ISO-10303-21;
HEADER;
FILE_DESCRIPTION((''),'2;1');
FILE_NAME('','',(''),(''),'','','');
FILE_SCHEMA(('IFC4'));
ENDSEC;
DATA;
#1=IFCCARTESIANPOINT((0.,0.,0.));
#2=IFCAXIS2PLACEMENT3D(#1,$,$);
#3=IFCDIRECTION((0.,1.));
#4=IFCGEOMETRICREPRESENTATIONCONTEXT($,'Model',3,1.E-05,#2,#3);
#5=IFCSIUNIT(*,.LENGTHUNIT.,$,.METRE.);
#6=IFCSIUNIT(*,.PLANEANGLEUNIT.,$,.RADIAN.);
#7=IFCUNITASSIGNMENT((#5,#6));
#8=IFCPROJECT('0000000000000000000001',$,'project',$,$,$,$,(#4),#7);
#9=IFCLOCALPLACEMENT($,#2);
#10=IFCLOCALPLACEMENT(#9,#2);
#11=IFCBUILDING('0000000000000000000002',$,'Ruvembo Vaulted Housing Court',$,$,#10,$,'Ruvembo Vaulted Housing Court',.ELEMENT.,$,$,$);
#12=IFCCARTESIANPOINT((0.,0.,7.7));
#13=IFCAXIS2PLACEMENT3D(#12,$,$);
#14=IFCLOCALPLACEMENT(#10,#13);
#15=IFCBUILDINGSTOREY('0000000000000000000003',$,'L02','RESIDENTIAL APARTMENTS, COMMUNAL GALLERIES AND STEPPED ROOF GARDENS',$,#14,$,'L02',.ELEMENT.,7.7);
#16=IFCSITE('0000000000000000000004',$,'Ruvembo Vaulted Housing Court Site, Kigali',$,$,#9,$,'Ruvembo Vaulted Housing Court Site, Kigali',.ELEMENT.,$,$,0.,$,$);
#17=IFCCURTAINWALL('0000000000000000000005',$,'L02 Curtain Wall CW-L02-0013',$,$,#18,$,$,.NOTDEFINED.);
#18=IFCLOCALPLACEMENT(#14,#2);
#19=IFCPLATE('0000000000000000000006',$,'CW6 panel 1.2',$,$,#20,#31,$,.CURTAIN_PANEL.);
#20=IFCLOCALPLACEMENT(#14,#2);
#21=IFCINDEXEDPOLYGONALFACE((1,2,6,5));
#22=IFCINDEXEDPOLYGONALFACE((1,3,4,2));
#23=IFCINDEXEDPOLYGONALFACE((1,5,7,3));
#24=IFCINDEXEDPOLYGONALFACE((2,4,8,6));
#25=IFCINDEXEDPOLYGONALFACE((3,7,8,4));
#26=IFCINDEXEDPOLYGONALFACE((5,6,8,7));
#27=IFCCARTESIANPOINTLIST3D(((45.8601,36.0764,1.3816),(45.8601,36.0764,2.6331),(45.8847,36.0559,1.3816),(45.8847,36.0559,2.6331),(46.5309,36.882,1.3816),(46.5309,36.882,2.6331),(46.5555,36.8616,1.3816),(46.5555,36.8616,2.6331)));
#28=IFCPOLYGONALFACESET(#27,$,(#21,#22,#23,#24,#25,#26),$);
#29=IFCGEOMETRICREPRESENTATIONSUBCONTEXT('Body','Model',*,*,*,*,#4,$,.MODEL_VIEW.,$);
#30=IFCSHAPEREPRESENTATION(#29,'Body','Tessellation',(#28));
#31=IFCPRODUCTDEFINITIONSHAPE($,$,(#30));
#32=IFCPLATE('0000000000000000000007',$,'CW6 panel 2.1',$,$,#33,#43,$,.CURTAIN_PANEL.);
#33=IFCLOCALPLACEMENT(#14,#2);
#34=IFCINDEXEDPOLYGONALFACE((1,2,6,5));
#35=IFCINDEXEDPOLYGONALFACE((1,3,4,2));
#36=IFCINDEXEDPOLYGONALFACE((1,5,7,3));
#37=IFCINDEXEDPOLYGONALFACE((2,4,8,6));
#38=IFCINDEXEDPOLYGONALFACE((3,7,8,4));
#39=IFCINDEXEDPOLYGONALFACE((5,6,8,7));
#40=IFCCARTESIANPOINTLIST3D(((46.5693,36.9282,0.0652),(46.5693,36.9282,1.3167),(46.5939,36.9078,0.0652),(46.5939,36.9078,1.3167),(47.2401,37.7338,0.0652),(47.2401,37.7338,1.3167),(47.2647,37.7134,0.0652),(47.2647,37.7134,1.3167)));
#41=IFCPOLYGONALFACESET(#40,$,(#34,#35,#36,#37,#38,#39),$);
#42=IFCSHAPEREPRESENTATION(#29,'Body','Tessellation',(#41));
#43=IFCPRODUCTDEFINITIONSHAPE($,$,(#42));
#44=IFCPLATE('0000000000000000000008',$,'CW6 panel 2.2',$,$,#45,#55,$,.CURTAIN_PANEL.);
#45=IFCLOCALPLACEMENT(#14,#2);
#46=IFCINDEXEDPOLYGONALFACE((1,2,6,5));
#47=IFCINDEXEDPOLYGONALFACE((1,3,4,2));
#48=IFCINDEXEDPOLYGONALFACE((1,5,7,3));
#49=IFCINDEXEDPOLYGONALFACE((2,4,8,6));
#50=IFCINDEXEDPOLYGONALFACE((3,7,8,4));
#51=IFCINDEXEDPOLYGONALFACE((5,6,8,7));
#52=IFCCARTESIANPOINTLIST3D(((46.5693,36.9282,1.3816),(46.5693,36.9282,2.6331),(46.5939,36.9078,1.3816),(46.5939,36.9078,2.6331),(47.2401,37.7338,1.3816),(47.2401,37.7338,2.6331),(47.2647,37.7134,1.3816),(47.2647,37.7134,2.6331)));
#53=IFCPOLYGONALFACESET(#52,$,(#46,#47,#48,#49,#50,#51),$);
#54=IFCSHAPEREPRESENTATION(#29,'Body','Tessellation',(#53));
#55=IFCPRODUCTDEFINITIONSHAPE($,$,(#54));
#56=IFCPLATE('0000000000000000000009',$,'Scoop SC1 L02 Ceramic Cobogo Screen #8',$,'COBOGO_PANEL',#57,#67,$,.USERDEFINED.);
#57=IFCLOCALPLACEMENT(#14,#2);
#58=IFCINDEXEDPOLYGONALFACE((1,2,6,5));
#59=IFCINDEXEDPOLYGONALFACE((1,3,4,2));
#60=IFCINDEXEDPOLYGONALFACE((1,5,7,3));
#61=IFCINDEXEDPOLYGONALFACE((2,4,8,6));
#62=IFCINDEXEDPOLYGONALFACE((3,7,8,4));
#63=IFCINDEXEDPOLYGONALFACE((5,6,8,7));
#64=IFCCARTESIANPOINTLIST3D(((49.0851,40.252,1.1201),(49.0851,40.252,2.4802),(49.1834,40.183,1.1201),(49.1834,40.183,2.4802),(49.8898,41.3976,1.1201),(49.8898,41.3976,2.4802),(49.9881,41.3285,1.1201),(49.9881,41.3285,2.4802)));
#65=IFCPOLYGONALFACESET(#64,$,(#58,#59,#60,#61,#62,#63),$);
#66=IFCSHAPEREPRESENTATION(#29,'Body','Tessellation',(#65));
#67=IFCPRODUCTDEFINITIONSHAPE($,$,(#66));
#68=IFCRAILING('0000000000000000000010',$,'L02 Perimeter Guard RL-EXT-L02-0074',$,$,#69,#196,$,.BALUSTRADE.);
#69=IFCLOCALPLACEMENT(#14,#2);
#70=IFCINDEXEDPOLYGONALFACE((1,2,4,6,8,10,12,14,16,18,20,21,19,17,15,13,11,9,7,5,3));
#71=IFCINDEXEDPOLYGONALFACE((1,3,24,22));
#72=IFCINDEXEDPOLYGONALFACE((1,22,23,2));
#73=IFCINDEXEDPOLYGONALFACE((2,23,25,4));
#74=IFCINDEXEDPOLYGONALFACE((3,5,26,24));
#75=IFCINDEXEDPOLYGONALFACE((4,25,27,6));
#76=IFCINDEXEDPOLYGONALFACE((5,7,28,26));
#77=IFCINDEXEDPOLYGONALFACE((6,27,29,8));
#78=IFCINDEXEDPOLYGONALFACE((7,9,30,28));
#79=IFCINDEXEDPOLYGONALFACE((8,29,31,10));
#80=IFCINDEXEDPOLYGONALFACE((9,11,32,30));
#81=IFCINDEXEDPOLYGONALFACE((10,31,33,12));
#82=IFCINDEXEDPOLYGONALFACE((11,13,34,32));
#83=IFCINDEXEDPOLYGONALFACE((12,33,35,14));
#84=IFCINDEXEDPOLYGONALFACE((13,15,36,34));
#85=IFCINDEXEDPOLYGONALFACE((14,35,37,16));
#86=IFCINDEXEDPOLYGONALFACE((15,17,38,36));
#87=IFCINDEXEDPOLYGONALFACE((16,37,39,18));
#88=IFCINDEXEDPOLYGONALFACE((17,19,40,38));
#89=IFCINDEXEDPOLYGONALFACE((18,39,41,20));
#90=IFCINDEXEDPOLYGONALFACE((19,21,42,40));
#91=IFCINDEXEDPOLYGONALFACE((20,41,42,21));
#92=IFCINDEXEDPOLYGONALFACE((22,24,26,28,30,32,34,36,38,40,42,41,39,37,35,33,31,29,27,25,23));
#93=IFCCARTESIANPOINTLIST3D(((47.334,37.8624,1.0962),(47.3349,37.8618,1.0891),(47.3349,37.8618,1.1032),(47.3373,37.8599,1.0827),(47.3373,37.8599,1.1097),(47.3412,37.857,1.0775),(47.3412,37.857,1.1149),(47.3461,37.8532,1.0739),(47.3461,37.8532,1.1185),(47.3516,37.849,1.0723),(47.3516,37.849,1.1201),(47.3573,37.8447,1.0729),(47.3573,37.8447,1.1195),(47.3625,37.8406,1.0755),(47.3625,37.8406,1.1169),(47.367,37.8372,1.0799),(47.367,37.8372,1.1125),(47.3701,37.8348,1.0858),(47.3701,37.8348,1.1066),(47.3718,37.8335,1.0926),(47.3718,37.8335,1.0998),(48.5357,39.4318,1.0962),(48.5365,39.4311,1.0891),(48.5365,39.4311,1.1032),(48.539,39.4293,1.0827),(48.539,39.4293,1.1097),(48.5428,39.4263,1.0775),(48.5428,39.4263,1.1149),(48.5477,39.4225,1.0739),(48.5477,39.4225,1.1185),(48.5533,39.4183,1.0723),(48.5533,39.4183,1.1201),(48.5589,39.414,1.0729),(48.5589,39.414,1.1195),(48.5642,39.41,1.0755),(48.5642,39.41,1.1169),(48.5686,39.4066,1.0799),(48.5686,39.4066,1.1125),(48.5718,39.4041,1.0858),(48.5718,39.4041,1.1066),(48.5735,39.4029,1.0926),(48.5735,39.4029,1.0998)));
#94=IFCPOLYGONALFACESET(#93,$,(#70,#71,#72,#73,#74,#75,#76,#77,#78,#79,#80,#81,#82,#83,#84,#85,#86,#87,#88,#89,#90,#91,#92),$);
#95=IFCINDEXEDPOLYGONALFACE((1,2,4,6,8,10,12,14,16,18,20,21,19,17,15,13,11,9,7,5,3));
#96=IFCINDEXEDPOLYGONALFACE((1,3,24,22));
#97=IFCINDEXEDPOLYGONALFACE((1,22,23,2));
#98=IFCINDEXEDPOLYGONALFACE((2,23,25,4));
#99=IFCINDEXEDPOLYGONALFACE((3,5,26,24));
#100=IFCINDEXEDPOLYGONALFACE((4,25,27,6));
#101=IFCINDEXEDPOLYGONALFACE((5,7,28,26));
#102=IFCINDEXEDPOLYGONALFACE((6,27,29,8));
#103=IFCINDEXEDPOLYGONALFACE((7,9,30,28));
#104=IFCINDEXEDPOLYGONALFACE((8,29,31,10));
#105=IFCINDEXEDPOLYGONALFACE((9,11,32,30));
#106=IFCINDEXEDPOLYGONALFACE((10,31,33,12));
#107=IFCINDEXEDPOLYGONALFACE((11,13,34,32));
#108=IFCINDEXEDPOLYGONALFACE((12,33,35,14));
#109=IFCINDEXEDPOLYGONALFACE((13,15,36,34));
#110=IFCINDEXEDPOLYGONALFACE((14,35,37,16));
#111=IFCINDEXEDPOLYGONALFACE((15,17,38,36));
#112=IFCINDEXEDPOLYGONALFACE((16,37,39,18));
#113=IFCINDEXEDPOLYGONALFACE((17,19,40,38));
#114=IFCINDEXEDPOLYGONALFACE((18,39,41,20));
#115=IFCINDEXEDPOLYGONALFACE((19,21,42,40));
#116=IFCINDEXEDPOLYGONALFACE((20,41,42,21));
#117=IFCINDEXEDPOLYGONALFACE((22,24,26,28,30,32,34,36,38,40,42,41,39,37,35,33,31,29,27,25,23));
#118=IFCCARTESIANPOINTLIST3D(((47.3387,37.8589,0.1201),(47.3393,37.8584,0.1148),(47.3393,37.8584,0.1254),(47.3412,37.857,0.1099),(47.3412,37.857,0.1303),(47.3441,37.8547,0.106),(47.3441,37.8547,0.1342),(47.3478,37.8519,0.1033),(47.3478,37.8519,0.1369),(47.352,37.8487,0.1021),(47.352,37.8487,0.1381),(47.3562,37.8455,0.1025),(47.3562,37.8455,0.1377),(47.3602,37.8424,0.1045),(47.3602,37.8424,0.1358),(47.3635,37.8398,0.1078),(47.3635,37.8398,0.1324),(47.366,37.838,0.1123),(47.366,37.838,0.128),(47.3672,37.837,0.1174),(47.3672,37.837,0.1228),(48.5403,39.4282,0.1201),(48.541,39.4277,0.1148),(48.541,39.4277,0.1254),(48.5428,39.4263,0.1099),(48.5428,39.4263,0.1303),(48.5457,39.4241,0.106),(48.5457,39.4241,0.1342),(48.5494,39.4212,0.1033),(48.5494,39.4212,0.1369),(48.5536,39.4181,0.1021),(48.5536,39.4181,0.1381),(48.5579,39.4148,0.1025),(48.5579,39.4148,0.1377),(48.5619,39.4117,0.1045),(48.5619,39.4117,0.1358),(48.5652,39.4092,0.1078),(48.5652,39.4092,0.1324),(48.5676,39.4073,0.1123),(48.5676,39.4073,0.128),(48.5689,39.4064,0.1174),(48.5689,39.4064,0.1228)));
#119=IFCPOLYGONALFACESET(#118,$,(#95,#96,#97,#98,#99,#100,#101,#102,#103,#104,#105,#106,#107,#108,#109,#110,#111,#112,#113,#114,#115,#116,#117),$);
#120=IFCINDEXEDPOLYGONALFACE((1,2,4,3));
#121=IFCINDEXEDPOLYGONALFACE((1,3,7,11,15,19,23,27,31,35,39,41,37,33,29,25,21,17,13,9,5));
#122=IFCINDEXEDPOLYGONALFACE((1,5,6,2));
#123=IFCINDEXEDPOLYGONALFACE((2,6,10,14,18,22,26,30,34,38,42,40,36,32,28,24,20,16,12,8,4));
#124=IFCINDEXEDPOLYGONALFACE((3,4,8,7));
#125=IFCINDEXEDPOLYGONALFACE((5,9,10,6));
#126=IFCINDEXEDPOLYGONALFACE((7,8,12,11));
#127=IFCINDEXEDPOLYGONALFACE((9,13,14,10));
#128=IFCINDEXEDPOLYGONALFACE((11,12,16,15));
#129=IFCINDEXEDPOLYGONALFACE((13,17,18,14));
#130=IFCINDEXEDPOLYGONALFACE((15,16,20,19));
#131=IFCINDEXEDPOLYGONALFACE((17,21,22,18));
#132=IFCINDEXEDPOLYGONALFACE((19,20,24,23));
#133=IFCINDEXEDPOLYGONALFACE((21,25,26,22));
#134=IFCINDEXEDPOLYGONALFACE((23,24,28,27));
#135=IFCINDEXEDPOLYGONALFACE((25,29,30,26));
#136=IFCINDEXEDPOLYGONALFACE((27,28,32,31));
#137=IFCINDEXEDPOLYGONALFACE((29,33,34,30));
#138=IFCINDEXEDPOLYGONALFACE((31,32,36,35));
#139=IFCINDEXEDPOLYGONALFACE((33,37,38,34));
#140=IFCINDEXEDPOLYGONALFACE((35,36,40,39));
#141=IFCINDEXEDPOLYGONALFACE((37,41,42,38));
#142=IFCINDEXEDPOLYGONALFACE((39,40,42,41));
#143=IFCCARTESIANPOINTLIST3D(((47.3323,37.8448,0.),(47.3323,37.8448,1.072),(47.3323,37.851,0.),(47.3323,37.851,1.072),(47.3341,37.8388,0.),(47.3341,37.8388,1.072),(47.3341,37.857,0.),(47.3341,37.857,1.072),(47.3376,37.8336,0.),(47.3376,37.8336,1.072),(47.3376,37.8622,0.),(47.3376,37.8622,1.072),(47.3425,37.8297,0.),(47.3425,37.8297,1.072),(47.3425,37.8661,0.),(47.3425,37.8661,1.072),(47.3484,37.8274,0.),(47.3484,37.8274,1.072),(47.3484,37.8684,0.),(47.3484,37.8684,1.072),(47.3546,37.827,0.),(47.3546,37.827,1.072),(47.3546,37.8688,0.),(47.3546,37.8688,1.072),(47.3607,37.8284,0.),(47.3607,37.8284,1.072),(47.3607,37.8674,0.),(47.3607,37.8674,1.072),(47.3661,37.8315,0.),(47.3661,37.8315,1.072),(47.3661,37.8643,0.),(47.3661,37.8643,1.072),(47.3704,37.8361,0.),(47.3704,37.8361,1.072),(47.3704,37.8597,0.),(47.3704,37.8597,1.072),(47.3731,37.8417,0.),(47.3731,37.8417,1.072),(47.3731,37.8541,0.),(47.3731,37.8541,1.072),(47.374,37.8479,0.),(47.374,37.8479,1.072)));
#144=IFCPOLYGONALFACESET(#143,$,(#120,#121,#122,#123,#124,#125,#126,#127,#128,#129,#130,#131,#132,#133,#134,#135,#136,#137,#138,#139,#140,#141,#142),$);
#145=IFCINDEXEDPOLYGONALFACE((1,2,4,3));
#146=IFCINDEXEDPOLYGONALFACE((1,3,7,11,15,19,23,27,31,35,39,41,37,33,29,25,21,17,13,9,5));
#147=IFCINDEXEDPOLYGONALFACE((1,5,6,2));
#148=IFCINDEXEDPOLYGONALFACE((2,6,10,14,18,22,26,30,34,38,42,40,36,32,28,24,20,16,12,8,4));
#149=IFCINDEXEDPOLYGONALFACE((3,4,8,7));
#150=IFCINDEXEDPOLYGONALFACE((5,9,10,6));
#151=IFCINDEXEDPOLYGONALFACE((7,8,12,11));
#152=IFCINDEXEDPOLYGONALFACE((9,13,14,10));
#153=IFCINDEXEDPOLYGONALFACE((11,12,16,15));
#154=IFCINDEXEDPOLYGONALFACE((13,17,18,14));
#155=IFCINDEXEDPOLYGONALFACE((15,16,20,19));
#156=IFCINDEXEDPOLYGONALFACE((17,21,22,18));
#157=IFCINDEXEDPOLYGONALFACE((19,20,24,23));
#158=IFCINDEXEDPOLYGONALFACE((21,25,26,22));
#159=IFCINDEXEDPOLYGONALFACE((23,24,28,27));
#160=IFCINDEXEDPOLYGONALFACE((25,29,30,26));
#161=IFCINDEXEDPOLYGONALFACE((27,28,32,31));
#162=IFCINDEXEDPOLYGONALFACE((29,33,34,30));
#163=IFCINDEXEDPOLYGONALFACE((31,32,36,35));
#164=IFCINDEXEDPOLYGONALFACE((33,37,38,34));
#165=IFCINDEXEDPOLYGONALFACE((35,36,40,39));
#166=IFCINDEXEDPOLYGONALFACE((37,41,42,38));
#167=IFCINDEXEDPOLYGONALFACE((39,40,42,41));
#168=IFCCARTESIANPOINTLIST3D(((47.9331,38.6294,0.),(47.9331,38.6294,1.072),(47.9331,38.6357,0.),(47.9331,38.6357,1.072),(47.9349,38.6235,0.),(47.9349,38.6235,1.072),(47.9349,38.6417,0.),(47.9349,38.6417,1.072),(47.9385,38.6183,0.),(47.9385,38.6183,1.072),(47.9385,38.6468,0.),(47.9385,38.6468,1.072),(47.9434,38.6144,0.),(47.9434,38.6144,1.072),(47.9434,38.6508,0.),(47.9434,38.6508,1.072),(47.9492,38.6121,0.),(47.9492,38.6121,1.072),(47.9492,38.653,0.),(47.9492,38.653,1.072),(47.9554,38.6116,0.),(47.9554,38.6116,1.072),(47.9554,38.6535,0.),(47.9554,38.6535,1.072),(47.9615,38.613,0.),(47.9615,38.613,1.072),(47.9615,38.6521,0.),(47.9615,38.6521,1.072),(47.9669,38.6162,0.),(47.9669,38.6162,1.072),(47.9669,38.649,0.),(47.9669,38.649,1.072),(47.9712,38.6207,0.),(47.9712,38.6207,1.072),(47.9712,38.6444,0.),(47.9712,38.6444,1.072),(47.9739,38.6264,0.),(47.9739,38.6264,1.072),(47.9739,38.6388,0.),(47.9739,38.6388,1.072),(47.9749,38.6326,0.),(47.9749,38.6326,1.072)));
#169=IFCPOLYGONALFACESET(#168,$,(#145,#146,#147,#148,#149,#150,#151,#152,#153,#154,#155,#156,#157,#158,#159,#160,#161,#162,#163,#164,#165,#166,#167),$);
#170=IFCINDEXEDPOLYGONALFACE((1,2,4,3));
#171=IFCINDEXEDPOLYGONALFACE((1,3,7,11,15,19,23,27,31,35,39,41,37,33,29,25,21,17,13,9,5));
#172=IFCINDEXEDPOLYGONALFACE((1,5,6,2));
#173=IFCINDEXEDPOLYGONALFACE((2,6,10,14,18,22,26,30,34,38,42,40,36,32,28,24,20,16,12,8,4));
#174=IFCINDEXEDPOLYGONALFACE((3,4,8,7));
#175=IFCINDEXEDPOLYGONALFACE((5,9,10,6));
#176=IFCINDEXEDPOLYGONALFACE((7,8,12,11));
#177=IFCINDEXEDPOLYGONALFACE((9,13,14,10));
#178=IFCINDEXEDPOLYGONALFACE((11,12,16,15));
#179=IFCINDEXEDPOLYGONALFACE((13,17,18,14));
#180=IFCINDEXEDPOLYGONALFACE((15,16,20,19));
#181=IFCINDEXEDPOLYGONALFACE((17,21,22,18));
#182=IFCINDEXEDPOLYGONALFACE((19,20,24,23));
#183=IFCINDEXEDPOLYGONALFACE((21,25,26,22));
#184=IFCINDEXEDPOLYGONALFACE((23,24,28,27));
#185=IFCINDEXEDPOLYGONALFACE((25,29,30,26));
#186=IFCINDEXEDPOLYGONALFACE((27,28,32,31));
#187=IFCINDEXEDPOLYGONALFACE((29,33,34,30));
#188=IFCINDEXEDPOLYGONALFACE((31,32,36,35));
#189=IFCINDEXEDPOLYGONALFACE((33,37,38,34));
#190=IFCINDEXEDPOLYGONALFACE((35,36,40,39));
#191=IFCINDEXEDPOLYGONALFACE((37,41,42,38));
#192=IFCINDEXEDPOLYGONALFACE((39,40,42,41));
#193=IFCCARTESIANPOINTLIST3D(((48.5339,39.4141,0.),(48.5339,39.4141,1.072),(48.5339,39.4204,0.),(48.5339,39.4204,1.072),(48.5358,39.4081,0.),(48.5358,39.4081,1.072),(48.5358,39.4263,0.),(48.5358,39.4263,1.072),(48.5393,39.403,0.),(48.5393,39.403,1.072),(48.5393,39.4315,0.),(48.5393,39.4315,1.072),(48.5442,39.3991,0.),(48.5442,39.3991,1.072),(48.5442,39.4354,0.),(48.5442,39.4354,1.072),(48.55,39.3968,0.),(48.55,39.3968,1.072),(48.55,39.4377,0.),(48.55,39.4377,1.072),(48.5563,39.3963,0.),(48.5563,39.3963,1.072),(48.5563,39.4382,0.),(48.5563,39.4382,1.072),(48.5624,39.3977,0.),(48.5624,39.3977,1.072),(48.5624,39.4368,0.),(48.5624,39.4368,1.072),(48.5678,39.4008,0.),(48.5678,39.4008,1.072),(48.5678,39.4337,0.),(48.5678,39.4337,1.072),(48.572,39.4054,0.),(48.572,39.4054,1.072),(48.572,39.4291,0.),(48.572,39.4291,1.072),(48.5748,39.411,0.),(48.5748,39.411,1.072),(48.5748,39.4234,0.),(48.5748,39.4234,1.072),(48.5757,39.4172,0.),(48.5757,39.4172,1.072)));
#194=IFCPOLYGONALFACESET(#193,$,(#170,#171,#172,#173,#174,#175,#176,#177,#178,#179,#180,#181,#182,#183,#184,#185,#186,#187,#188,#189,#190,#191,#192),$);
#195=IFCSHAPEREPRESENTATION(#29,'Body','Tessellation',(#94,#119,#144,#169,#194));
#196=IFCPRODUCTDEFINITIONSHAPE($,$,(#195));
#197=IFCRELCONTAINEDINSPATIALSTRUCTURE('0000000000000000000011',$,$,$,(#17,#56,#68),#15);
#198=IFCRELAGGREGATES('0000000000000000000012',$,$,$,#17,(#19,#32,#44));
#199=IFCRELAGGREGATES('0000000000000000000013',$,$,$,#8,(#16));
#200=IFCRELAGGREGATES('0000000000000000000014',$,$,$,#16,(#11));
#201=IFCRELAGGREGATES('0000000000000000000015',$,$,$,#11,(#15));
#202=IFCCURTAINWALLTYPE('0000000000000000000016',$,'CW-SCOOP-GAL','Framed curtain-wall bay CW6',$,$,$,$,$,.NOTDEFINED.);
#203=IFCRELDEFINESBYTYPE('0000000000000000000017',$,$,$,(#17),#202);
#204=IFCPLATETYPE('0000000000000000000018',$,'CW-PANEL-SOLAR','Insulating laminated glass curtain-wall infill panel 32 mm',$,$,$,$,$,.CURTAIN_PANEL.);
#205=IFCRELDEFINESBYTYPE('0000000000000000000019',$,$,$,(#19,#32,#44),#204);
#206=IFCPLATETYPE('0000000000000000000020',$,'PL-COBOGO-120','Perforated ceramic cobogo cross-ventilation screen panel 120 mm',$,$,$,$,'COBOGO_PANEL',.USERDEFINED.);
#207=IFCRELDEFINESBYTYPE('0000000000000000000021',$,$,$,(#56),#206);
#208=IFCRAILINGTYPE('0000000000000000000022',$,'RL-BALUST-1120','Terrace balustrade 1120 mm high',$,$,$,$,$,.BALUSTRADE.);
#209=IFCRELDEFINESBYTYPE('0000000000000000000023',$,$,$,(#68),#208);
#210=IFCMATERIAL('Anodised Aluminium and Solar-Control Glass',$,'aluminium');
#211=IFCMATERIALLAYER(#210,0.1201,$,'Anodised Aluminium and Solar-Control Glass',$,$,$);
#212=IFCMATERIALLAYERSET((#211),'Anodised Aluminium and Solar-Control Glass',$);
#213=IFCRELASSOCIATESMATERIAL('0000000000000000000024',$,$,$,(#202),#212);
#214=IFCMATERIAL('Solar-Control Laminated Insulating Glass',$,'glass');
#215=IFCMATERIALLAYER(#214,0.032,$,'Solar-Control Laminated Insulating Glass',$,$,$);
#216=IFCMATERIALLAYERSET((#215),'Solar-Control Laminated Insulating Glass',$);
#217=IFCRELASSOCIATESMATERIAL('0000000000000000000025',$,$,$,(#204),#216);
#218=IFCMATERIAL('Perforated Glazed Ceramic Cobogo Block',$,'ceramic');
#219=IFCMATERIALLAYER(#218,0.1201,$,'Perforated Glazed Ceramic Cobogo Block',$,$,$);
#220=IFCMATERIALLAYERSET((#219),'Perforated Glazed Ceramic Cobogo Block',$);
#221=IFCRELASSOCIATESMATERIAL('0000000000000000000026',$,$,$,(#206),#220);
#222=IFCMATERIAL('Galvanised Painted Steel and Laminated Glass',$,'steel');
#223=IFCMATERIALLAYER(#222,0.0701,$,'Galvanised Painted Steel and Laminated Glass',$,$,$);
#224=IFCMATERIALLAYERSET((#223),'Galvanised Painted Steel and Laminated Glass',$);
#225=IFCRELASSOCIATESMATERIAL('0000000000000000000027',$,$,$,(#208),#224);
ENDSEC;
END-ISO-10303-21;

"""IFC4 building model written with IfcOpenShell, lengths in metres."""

from ifc_helpers import new_model, si_unit, direction, frame, origin, origin_2d, place, context, subcontext, project, spatial, rectangle, circle, extrude, material, layer, layer_set, type_object, element, aggregate, save


model = new_model("IFC4")

# Units and contexts
model_context = context("Model", 3, precision=1e-05, world=origin(), true_north=direction((0.0, 1.0)))
body_context = subcontext(model_context, "Body", "Model", "MODEL_VIEW")
ifc_project = project(units=[si_unit("LENGTHUNIT", "METRE"), si_unit("PLANEANGLEUNIT", "RADIAN")], contexts=[model_context])

# Site, building, storey
site_placement = place(None, origin())
site = spatial("IfcSite", under=ifc_project, at=site_placement, Name="Ruvembo Vaulted Housing Court Site, Kigali", LongName="Ruvembo Vaulted Housing Court Site, Kigali", CompositionType="ELEMENT", RefElevation=0.0)
building_placement = place(site_placement, origin())
building = spatial("IfcBuilding", under=site, at=building_placement, Name="Ruvembo Vaulted Housing Court", LongName="Ruvembo Vaulted Housing Court", CompositionType="ELEMENT")
storey_placement = place(building_placement, frame((0.0, 0.0, 7.7)))
storey = spatial("IfcBuildingStorey", under=building, at=storey_placement, Name="L02", Description="RESIDENTIAL APARTMENTS, COMMUNAL GALLERIES AND STEPPED ROOF GARDENS", LongName="L02", CompositionType="ELEMENT", Elevation=7.7)

# Curtain wall, plates
ifc_material_1 = material(Name="Anodised Aluminium and Solar-Control Glass", Category="aluminium")
ifc_layer_1 = layer(ifc_material_1, 0.1201, Name="Anodised Aluminium and Solar-Control Glass")
ifc_layer_set_1 = layer_set([ifc_layer_1], Name="Anodised Aluminium and Solar-Control Glass")
curtain_wall_type = type_object("IfcCurtainWallType", Name="CW-SCOOP-GAL", Description="Framed curtain-wall bay CW6", PredefinedType="NOTDEFINED", material=ifc_layer_set_1)
curtain_wall_placement = place(storey_placement, origin())
curtain_wall = element("IfcCurtainWall", 1, at=curtain_wall_placement, inside=storey, type_object=curtain_wall_type, Name="L02 Curtain Wall CW-L02-0013", PredefinedType="NOTDEFINED")
ifc_material_2 = material(Name="Solar-Control Laminated Insulating Glass", Category="glass")
ifc_layer_2 = layer(ifc_material_2, 0.032, Name="Solar-Control Laminated Insulating Glass")
ifc_layer_set_2 = layer_set([ifc_layer_2], Name="Solar-Control Laminated Insulating Glass")
plate_type_1 = type_object("IfcPlateType", Name="CW-PANEL-SOLAR", Description="Insulating laminated glass curtain-wall infill panel 32 mm", PredefinedType="CURTAIN_PANEL", material=ifc_layer_set_2)
plate_1_placement = place(storey_placement, frame((46.2078, 36.469, 1.3816), z_axis=(0.0, 0.0, 1.0), x_axis=(0.639869, 0.768484, 0.0)))
plate_1 = element("IfcPlate", 2, at=plate_1_placement, type_object=plate_type_1, Name="CW6 panel 1.2", PredefinedType="CURTAIN_PANEL", context=body_context, shape_type="SweptSolid", body=[
    extrude(rectangle(XDim=1.0483, YDim=0.032, at=origin_2d()), origin(), (0.0, 0.0, 1.0), 1.2515),
])
plate_2_placement = place(storey_placement, frame((46.917, 37.3208, 0.0652), z_axis=(0.0, 0.0, 1.0), x_axis=(0.639869, 0.768484, 0.0)))
plate_2 = element("IfcPlate", 3, at=plate_2_placement, type_object=plate_type_1, Name="CW6 panel 2.1", PredefinedType="CURTAIN_PANEL", context=body_context, shape_type="SweptSolid", body=[
    extrude(rectangle(XDim=1.0483, YDim=0.032, at=origin_2d()), origin(), (0.0, 0.0, 1.0), 1.2515),
])
plate_3_placement = place(storey_placement, frame((46.917, 37.3208, 1.3816), z_axis=(0.0, 0.0, 1.0), x_axis=(0.639869, 0.768484, 0.0)))
plate_3 = element("IfcPlate", 4, at=plate_3_placement, type_object=plate_type_1, Name="CW6 panel 2.2", PredefinedType="CURTAIN_PANEL", context=body_context, shape_type="SweptSolid", body=[
    extrude(rectangle(XDim=1.0483, YDim=0.032, at=origin_2d()), origin(), (0.0, 0.0, 1.0), 1.2515),
])
aggregate(curtain_wall, [plate_1, plate_2, plate_3])

# Plate
ifc_material_3 = material(Name="Perforated Glazed Ceramic Cobogo Block", Category="ceramic")
ifc_layer_3 = layer(ifc_material_3, 0.1201, Name="Perforated Glazed Ceramic Cobogo Block")
ifc_layer_set_3 = layer_set([ifc_layer_3], Name="Perforated Glazed Ceramic Cobogo Block")
plate_type_2 = type_object("IfcPlateType", Name="PL-COBOGO-120", Description="Perforated ceramic cobogo cross-ventilation screen panel 120 mm", ElementType="COBOGO_PANEL", PredefinedType="USERDEFINED", material=ifc_layer_set_3)
plate_4_placement = place(storey_placement, frame((49.5366, 40.7903, 1.1201), z_axis=(0.0, 0.0, 1.0), x_axis=(0.574805, 0.81829, 0.0)))
element("IfcPlate", 5, at=plate_4_placement, inside=storey, type_object=plate_type_2, Name="Scoop SC1 L02 Ceramic Cobogo Screen #8", ObjectType="COBOGO_PANEL", PredefinedType="USERDEFINED", context=body_context, shape_type="SweptSolid", body=[
    extrude(rectangle(XDim=1.3999, YDim=0.1201, at=origin_2d()), origin(), (0.0, 0.0, 1.0), 1.3601),
])

# Railing
ifc_material_4 = material(Name="Galvanised Painted Steel and Laminated Glass", Category="steel")
ifc_layer_4 = layer(ifc_material_4, 0.0701, Name="Galvanised Painted Steel and Laminated Glass")
ifc_layer_set_4 = layer_set([ifc_layer_4], Name="Galvanised Painted Steel and Laminated Glass")
railing_type = type_object("IfcRailingType", Name="RL-BALUST-1120", Description="Terrace balustrade 1120 mm high", PredefinedType="BALUSTRADE", material=ifc_layer_set_4)
railing_1_placement = place(storey_placement, frame((47.353, 37.8479, 0.0)))
element("IfcRailing", 6, at=railing_1_placement, inside=storey, type_object=railing_type, Name="L02 Perimeter Guard RL-EXT-L02-0074", PredefinedType="BALUSTRADE", context=body_context, shape_type="SweptSolid", body=[
    extrude(circle(Radius=0.0239, at=origin_2d()), frame((0.0, 0.0, 1.0962), z_axis=(0.607954, 0.793972, 0.0), x_axis=(-0.793972, 0.607954, 0.0)), (0.0, 0.0, 1.0), 1.9766),
    extrude(circle(Radius=0.0181, at=origin_2d()), frame((0.0, 0.0, 0.1201), z_axis=(0.607954, 0.793972, 0.0), x_axis=(-0.793972, 0.607954, 0.0)), (0.0, 0.0, 1.0), 1.9766),
    extrude(circle(Radius=0.021, at=origin_2d()), origin(), (0.0, 0.0, 1.0), 1.072),
    extrude(circle(Radius=0.021, at=origin_2d()), frame((0.6008, 0.7847, 0.0)), (0.0, 0.0, 1.0), 1.072),
    extrude(circle(Radius=0.021, at=origin_2d()), frame((1.2017, 1.5693, 0.0)), (0.0, 0.0, 1.0), 1.072),
])

save(model, "model.ifc")
